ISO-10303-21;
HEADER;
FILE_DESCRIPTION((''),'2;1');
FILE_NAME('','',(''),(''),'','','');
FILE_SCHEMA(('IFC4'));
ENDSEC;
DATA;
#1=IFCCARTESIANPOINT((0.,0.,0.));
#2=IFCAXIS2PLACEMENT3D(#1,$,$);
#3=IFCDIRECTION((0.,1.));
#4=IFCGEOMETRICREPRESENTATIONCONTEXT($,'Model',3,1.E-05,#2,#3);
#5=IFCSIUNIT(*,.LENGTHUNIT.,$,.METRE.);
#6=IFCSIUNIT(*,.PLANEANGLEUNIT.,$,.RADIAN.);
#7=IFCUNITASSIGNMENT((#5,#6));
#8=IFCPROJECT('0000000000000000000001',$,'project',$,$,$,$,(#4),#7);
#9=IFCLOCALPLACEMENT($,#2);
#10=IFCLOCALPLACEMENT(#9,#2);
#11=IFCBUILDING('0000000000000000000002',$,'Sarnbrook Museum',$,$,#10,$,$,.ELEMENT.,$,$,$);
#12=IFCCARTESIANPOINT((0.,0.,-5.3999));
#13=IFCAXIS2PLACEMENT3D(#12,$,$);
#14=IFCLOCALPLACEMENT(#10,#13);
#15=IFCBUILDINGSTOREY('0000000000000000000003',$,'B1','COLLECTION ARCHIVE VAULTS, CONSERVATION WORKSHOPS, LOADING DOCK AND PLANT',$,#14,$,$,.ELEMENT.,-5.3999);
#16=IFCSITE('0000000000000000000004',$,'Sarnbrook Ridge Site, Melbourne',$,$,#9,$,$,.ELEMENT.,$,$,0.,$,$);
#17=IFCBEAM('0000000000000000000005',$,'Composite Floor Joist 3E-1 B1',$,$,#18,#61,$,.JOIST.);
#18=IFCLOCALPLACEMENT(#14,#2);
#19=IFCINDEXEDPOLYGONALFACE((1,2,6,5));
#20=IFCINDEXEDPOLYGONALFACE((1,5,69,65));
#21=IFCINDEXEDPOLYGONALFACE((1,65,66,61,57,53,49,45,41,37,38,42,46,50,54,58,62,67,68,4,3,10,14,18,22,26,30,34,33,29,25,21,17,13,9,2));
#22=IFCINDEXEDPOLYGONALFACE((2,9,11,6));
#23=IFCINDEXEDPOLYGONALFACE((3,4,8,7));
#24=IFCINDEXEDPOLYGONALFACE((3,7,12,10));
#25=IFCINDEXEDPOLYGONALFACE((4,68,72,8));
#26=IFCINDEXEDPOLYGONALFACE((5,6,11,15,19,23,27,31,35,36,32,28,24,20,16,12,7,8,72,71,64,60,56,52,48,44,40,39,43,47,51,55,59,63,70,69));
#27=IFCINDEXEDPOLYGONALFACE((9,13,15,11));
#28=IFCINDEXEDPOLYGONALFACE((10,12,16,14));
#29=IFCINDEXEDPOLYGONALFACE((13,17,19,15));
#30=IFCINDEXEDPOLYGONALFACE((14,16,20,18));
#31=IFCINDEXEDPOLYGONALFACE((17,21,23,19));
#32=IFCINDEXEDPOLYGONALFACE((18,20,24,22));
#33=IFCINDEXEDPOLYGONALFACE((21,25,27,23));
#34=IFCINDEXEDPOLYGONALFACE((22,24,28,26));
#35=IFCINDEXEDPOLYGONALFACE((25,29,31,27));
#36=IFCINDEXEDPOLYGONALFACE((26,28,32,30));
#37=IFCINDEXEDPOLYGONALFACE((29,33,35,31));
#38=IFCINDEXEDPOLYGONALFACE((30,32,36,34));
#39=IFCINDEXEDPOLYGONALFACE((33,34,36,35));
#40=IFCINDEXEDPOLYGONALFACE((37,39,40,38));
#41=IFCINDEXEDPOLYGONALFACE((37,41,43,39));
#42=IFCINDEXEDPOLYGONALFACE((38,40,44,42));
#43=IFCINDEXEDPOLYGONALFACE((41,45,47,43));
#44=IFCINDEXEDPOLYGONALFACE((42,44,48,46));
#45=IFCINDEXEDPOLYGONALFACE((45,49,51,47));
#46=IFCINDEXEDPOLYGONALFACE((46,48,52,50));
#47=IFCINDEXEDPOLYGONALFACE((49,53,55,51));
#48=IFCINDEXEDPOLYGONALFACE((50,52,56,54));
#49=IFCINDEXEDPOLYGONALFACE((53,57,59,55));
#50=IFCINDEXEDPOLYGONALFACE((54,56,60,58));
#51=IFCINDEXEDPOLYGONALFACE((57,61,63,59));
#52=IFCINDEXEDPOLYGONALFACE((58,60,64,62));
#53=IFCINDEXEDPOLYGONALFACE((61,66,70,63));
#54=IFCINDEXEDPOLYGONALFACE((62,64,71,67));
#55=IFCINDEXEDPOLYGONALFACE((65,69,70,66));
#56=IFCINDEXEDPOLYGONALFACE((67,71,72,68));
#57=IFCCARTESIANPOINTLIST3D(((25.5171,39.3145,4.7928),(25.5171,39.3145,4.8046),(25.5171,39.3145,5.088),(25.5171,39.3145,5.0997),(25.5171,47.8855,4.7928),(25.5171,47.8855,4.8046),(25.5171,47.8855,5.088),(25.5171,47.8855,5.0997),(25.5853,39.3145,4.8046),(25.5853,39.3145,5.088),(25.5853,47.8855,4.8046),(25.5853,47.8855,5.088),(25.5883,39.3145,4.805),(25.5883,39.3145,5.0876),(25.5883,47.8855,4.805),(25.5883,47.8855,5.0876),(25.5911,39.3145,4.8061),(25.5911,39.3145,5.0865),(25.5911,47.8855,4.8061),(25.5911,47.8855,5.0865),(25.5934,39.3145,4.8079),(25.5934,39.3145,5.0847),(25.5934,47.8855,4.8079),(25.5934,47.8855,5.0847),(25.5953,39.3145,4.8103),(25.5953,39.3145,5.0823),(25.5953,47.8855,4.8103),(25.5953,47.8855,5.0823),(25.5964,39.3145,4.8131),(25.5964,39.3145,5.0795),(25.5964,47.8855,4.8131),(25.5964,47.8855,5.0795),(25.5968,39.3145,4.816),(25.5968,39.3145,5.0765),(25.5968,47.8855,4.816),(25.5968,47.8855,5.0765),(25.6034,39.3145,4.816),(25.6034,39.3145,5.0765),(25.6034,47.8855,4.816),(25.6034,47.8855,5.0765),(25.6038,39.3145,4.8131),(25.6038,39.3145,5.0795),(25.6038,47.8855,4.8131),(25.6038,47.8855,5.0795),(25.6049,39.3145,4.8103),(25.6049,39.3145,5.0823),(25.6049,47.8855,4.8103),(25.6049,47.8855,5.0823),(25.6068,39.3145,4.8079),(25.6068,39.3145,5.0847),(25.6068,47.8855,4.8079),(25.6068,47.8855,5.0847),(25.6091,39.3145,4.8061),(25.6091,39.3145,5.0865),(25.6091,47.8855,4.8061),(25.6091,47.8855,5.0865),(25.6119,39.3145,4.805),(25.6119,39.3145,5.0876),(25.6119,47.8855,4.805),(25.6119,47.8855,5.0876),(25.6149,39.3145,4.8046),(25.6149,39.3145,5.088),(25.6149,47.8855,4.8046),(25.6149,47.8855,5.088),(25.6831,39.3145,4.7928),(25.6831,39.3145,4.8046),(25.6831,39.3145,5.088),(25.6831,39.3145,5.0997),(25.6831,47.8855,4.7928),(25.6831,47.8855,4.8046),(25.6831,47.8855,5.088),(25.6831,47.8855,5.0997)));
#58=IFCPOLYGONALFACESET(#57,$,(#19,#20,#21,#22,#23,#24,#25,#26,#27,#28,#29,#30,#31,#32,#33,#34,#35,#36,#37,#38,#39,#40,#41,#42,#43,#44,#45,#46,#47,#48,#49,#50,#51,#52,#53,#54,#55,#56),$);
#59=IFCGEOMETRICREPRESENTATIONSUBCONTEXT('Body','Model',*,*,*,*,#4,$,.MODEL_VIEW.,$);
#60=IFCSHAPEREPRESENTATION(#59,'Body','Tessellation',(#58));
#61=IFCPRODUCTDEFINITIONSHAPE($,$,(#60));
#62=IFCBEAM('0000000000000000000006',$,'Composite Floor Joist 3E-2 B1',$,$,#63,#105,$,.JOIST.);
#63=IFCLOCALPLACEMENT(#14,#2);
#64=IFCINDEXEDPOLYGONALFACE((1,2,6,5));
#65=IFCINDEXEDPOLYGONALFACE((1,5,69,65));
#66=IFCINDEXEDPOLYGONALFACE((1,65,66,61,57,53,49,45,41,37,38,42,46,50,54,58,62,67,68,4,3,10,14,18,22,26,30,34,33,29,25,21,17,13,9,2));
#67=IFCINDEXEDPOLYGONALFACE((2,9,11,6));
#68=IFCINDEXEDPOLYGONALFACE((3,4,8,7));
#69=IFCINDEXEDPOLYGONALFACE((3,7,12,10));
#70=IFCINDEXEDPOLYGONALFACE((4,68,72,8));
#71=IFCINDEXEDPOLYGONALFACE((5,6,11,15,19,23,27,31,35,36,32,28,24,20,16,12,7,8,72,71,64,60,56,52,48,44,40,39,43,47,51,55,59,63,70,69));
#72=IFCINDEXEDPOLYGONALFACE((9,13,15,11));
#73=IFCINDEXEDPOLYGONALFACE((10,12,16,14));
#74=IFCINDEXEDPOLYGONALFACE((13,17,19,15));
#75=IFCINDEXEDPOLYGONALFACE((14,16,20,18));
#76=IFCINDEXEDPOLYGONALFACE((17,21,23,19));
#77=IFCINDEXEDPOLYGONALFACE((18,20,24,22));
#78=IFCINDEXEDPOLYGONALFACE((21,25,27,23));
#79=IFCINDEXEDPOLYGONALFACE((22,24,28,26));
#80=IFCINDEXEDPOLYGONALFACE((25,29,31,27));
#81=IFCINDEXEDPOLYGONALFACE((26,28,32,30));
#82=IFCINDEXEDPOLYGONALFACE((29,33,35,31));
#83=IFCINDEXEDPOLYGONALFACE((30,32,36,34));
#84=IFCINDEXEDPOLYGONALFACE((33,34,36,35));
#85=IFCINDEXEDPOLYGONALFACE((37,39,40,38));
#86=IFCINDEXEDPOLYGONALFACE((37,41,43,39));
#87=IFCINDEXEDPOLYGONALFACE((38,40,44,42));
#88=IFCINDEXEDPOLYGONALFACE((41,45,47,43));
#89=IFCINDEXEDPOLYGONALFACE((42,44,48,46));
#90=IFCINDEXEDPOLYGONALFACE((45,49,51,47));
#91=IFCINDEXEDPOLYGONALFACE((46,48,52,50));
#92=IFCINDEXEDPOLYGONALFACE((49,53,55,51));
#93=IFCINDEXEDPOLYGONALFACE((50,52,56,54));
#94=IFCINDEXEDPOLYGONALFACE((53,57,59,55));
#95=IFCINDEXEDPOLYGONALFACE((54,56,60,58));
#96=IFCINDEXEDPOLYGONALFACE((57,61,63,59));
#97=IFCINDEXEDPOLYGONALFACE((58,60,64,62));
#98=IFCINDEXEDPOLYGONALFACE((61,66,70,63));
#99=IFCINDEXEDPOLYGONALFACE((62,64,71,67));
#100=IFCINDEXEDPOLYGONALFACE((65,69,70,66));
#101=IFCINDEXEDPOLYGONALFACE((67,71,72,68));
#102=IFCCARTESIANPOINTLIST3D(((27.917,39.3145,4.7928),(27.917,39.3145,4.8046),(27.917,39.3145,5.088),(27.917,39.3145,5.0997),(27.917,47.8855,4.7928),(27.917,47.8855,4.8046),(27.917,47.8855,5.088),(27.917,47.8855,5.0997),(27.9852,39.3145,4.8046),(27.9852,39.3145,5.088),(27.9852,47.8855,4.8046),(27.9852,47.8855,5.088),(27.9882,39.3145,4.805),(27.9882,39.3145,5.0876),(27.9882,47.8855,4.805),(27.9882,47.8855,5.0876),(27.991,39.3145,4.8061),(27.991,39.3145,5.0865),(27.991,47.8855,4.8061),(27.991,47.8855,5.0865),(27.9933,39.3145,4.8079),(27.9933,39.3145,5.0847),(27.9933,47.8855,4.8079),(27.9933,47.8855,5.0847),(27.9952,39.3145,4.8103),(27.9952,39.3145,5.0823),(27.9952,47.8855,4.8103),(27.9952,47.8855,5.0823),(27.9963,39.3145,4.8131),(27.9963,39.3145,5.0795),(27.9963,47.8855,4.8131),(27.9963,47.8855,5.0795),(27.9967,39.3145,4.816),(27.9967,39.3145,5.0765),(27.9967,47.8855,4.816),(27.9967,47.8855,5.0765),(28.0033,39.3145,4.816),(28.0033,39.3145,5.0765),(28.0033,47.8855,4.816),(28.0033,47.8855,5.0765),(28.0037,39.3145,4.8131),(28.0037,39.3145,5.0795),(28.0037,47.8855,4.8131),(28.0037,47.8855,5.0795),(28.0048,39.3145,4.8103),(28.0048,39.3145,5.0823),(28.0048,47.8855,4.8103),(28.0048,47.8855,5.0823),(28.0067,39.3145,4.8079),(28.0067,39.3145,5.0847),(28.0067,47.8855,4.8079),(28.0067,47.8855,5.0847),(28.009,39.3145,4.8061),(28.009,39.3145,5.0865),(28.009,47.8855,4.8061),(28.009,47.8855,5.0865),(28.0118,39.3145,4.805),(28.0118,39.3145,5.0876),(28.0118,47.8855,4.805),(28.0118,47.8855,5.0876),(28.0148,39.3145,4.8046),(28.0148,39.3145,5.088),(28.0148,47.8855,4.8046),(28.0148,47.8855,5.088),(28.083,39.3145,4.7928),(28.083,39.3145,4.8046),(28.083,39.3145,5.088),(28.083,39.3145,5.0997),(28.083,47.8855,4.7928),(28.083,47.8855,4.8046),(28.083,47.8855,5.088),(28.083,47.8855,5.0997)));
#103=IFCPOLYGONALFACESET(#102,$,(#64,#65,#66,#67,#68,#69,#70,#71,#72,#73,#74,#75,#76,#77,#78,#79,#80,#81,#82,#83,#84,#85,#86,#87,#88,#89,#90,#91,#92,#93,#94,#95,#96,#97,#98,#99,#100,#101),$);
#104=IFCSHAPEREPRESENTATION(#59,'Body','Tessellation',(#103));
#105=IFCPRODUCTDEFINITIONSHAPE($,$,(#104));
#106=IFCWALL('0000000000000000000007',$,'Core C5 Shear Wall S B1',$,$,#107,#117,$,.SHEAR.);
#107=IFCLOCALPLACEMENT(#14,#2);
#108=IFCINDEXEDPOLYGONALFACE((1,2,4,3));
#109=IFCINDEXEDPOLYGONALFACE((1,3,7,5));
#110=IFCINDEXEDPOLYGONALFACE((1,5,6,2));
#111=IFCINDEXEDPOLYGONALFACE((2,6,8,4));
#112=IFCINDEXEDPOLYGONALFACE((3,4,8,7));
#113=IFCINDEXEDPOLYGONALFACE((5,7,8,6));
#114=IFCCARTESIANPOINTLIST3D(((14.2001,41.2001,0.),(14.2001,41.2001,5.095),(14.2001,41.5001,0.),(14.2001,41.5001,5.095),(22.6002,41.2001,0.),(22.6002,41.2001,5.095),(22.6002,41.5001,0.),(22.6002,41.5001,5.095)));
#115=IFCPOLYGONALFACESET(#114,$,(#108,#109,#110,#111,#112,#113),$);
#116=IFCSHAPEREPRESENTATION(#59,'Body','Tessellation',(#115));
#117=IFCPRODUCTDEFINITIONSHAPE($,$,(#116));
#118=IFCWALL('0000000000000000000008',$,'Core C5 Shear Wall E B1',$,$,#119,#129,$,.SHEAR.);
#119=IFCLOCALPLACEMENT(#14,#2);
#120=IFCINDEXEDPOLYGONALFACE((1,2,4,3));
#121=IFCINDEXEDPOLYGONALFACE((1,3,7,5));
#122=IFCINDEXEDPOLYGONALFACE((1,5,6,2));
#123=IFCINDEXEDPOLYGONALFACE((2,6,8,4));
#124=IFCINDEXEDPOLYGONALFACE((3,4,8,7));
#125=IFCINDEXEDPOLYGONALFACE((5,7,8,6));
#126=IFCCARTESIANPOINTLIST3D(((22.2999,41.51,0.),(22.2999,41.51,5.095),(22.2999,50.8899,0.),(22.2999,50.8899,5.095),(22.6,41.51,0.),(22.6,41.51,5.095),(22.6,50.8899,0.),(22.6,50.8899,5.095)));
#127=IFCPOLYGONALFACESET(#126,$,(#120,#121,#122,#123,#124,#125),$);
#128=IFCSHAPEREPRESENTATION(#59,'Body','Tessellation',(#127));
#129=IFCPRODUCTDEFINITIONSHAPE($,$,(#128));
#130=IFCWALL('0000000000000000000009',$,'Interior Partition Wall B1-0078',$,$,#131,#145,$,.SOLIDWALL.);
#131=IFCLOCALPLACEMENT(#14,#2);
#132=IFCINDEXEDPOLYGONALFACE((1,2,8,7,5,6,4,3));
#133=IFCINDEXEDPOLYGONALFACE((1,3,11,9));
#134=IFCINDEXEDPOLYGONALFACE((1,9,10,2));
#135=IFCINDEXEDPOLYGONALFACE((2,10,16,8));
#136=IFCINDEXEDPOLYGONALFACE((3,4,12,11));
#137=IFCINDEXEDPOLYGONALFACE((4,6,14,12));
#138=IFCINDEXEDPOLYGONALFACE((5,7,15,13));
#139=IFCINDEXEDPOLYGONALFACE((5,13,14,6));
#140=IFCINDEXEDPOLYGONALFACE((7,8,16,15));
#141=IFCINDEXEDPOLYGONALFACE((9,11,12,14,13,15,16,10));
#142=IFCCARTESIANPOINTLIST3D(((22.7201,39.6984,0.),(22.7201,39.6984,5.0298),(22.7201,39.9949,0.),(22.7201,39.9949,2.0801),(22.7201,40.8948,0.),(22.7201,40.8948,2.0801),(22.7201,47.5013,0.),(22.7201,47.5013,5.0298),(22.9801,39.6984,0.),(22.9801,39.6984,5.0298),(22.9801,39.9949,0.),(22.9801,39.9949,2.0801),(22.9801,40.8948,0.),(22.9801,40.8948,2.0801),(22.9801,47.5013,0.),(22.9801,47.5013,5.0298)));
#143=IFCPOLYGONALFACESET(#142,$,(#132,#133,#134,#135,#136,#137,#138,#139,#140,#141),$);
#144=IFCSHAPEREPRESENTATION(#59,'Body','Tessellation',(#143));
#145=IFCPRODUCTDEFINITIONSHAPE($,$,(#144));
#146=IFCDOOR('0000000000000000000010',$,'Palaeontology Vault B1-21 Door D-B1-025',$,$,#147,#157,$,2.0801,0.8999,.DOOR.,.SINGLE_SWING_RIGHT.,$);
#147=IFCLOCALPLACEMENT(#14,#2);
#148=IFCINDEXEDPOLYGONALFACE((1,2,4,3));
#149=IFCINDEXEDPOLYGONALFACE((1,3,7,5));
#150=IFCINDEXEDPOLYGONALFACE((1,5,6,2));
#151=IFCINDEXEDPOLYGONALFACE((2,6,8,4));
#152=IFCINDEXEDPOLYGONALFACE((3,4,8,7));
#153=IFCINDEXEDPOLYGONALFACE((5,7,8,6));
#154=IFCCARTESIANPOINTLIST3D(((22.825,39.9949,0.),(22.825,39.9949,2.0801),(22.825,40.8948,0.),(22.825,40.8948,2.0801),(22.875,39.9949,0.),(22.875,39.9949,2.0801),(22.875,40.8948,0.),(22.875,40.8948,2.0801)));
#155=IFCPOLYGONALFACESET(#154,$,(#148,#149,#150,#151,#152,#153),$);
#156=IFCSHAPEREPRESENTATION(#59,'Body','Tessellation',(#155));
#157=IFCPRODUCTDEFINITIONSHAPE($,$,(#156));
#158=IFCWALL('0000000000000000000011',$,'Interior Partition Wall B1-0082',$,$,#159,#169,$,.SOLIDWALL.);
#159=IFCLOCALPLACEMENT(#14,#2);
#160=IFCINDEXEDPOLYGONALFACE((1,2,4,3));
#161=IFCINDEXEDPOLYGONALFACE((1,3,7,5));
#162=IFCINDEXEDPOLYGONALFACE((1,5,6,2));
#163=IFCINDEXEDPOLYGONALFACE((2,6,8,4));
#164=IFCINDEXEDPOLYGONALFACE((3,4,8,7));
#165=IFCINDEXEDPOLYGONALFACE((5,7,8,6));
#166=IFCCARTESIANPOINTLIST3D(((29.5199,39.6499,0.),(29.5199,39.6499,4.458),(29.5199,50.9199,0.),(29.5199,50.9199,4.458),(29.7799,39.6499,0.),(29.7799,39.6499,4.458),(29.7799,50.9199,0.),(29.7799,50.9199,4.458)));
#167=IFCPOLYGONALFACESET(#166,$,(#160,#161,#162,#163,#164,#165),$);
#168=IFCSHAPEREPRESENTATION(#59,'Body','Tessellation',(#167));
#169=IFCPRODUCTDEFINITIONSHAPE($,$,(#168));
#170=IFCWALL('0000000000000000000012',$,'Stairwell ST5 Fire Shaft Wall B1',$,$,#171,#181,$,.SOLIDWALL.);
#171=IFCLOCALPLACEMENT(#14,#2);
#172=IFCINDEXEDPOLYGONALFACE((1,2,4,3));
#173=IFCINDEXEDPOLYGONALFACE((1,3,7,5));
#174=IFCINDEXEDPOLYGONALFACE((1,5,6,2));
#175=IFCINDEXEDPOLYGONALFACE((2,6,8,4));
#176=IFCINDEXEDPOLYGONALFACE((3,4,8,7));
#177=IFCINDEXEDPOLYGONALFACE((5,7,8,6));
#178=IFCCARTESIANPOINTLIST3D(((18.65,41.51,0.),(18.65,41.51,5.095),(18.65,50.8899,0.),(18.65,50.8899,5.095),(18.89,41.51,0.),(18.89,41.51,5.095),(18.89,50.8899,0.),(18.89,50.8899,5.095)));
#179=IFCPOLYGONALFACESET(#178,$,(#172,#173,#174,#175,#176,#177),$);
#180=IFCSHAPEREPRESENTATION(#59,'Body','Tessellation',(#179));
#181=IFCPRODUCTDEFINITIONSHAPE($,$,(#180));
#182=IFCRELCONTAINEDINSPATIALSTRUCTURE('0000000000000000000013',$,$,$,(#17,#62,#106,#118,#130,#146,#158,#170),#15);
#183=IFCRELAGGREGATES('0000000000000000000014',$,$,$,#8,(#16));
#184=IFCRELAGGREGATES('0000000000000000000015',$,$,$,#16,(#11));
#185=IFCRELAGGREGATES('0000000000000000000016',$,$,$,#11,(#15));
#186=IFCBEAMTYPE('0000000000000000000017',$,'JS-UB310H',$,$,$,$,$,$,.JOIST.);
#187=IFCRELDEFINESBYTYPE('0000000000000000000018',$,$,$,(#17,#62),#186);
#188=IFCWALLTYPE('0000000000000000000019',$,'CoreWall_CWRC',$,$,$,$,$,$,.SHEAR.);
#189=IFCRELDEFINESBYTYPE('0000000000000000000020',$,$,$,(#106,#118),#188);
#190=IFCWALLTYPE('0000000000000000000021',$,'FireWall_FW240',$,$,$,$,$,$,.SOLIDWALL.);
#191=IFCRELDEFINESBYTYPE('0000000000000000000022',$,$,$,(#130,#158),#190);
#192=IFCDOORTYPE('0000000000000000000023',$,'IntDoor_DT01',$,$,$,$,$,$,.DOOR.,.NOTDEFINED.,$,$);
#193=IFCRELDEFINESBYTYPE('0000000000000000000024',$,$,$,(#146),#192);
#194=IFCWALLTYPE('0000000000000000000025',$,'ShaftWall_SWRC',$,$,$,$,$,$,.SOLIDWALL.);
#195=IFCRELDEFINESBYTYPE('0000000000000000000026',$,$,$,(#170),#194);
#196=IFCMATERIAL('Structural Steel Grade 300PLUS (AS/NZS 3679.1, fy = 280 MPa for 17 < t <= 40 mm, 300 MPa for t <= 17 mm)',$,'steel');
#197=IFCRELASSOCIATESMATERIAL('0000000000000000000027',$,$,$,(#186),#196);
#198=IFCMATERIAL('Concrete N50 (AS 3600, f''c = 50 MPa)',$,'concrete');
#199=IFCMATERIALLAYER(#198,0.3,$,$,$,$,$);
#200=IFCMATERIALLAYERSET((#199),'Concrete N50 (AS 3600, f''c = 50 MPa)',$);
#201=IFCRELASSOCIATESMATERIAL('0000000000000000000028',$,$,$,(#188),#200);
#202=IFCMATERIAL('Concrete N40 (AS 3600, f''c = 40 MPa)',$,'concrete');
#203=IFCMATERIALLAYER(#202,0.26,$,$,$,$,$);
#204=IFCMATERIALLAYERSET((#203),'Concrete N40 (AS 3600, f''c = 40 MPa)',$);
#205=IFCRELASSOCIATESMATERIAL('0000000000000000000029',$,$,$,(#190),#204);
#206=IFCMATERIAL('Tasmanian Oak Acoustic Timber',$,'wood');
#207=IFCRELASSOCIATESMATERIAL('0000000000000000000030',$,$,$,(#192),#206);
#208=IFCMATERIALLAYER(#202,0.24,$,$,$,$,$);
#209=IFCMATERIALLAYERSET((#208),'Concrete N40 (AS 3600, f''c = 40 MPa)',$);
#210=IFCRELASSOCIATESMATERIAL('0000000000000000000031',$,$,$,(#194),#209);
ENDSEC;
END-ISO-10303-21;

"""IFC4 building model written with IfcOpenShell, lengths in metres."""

from ifc_helpers import new_model, si_unit, direction, frame, frame_2d, origin, origin_2d, place, context, subcontext, project, spatial, rectangle, i_section, extrude, material, layer, layer_set, material_profile, profile_set, type_object, element, fill, save


model = new_model("IFC4")

# Units and contexts
model_context = context("Model", 3, precision=1e-05, world=origin(), true_north=direction((0.0, 1.0)))
body_context = subcontext(model_context, "Body", "Model", "MODEL_VIEW")
ifc_project = project(units=[si_unit("LENGTHUNIT", "METRE"), si_unit("PLANEANGLEUNIT", "RADIAN")], contexts=[model_context])

# Site, building, storey
site_placement = place(None, origin())
site = spatial("IfcSite", under=ifc_project, at=site_placement, Name="Sarnbrook Ridge Site, Melbourne", CompositionType="ELEMENT", RefElevation=0.0)
building_placement = place(site_placement, origin())
building = spatial("IfcBuilding", under=site, at=building_placement, Name="Sarnbrook Museum", CompositionType="ELEMENT")
storey_placement = place(building_placement, frame((0.0, 0.0, -5.3999)))
storey = spatial("IfcBuildingStorey", under=building, at=storey_placement, Name="B1", Description="COLLECTION ARCHIVE VAULTS, CONSERVATION WORKSHOPS, LOADING DOCK AND PLANT", CompositionType="ELEMENT", Elevation=-5.3999)

# Shared definitions
ifc_material_1 = material(Name="Concrete N50 (AS 3600, f'c = 50 MPa)", Category="concrete")

# Shared definitions
ifc_material_2 = material(Name="Concrete N40 (AS 3600, f'c = 40 MPa)", Category="concrete")

# Beams
ifc_material_3 = material(Name="Structural Steel Grade 300PLUS (AS/NZS 3679.1, fy = 280 MPa for 17 < t <= 40 mm, 300 MPa for t <= 17 mm)", Category="steel")
ifc_material_profile_1 = material_profile(ifc_material_3, i_section(OverallWidth=0.166, OverallDepth=0.3069, WebThickness=0.0066, FlangeThickness=0.0117, FilletRadius=0.0115, at=origin_2d()), Name="310UB46.2")
ifc_profile_set_1 = profile_set([ifc_material_profile_1], Name="Structural Steel Grade 300PLUS (AS/NZS 3679.1, fy = 280 MPa for 17 < t <= 40 mm, 300 MPa for t <= 17 mm)")
beam_type_1 = type_object("IfcBeamType", Name="JS-UB310H", PredefinedType="JOIST", material=ifc_profile_set_1)
for number, where, z_axis, x_axis, name in (
    (1, (25.6001, 39.3145, 4.9463), (0.0, 1.0, 0.0), (-1.0, 0.0, 0.0), "Composite Floor Joist 3E-1 B1"),
    (2, (28.0, 39.3145, 4.9463), (0.0, 1.0, 0.0), (-1.0, 0.0, 0.0), "Composite Floor Joist 3E-2 B1"),
):
    element("IfcBeam", number, at=place(storey_placement, frame(where, z_axis=z_axis, x_axis=x_axis)), inside=storey, type_object=beam_type_1, Name=name, PredefinedType="JOIST", context=body_context, shape_type="SweptSolid", body=[
        extrude(i_section(OverallWidth=0.166, OverallDepth=0.3069, WebThickness=0.0066, FlangeThickness=0.0117, FilletRadius=0.0115, at=origin_2d()), origin(), (0.0, 0.0, 1.0), 8.571),
    ])

# Walls
ifc_layer_1 = layer(ifc_material_1, 0.3)
ifc_layer_set_1 = layer_set([ifc_layer_1], Name="Concrete N50 (AS 3600, f'c = 50 MPa)")
wall_type_1 = type_object("IfcWallType", Name="CoreWall_CWRC", PredefinedType="SHEAR", material=ifc_layer_set_1)
wall_1_placement = place(storey_placement, frame((14.2, 41.3501, 0.0), z_axis=(0.0, 0.0, 1.0), x_axis=(1.0, 0.0, 0.0)))
element("IfcWall", 3, at=wall_1_placement, inside=storey, type_object=wall_type_1, Name="Core C5 Shear Wall S B1", PredefinedType="SHEAR", context=body_context, shape_type="SweptSolid", body=[
    extrude(rectangle(XDim=8.4001, YDim=0.3, at=frame_2d((4.2002, 0.0))), origin(), (0.0, 0.0, 1.0), 5.095),
])
wall_2_placement = place(storey_placement, frame((22.45, 41.51, 0.0), z_axis=(0.0, 0.0, 1.0), x_axis=(0.0, 1.0, 0.0)))
element("IfcWall", 4, at=wall_2_placement, inside=storey, type_object=wall_type_1, Name="Core C5 Shear Wall E B1", PredefinedType="SHEAR", context=body_context, shape_type="SweptSolid", body=[
    extrude(rectangle(XDim=9.3799, YDim=0.3, at=frame_2d((4.6899, 0.0))), origin(), (0.0, 0.0, 1.0), 5.095),
])

# Wall, opening, door
ifc_layer_2 = layer(ifc_material_2, 0.26)
ifc_layer_set_2 = layer_set([ifc_layer_2], Name="Concrete N40 (AS 3600, f'c = 40 MPa)")
wall_type_2 = type_object("IfcWallType", Name="FireWall_FW240", PredefinedType="SOLIDWALL", material=ifc_layer_set_2)
wall_3_placement = place(storey_placement, frame((22.8501, 39.6985, 0.0), z_axis=(0.0, 0.0, 1.0), x_axis=(0.0, 1.0, 0.0)))
wall_3 = element("IfcWall", 5, at=wall_3_placement, inside=storey, type_object=wall_type_2, Name="Interior Partition Wall B1-0078", PredefinedType="SOLIDWALL", context=body_context, shape_type="SweptSolid", body=[
    extrude(rectangle(XDim=7.803, YDim=0.26, at=frame_2d((3.9014, 0.0))), origin(), (0.0, 0.0, 1.0), 5.0298),
])
opening_placement = place(wall_3_placement, frame((0.2964, 0.0, 0.0)))
opening = element("IfcOpeningElement", 6, at=opening_placement, cuts=wall_3, PredefinedType="OPENING", context=body_context, shape_type="SweptSolid", body=[
    extrude(rectangle(XDim=0.8999, YDim=2.0801, at=frame_2d((0.45, 1.04))), frame((0.0, 0.1401, 0.0), z_axis=(0.0, -1.0, 0.0), x_axis=(1.0, 0.0, 0.0)), (0.0, 0.0, 1.0), 0.28),
])
ifc_material_4 = material(Name="Tasmanian Oak Acoustic Timber", Category="wood")
door_type = type_object("IfcDoorType", Name="IntDoor_DT01", OperationType="NOTDEFINED", PredefinedType="DOOR", material=ifc_material_4)
door_placement = place(opening_placement, frame((0.8999, 0.0, 0.0), z_axis=(0.0, 0.0, 1.0), x_axis=(-1.0, 0.0, 0.0)))
door = element("IfcDoor", 7, at=door_placement, inside=storey, type_object=door_type, Name="Palaeontology Vault B1-21 Door D-B1-025", OperationType="SINGLE_SWING_RIGHT", OverallHeight=2.0801, OverallWidth=0.8999, PredefinedType="DOOR", context=body_context, shape_type="SweptSolid", body=[
    extrude(rectangle(XDim=0.8999, YDim=2.0801, at=frame_2d((0.45, 1.04))), frame((0.0, 0.0249, 0.0), z_axis=(0.0, -1.0, 0.0), x_axis=(1.0, 0.0, 0.0)), (0.0, 0.0, 1.0), 0.05),
])
fill(opening, door)

# Walls
wall_4_placement = place(storey_placement, frame((29.6499, 39.6499, 0.0), z_axis=(0.0, 0.0, 1.0), x_axis=(0.0, 1.0, 0.0)))
element("IfcWall", 8, at=wall_4_placement, inside=storey, type_object=wall_type_2, Name="Interior Partition Wall B1-0082", PredefinedType="SOLIDWALL", context=body_context, shape_type="SweptSolid", body=[
    extrude(rectangle(XDim=11.27, YDim=0.26, at=frame_2d((5.635, 0.0))), origin(), (0.0, 0.0, 1.0), 4.458),
])
ifc_layer_3 = layer(ifc_material_2, 0.24)
ifc_layer_set_3 = layer_set([ifc_layer_3], Name="Concrete N40 (AS 3600, f'c = 40 MPa)")
wall_type_3 = type_object("IfcWallType", Name="ShaftWall_SWRC", PredefinedType="SOLIDWALL", material=ifc_layer_set_3)
wall_5_placement = place(storey_placement, frame((18.77, 41.51, 0.0), z_axis=(0.0, 0.0, 1.0), x_axis=(0.0, 1.0, 0.0)))
element("IfcWall", 9, at=wall_5_placement, inside=storey, type_object=wall_type_3, Name="Stairwell ST5 Fire Shaft Wall B1", PredefinedType="SOLIDWALL", context=body_context, shape_type="SweptSolid", body=[
    extrude(rectangle(XDim=9.3799, YDim=0.24, at=frame_2d((4.6899, 0.0))), origin(), (0.0, 0.0, 1.0), 5.095),
])

save(model, "model.ifc")
